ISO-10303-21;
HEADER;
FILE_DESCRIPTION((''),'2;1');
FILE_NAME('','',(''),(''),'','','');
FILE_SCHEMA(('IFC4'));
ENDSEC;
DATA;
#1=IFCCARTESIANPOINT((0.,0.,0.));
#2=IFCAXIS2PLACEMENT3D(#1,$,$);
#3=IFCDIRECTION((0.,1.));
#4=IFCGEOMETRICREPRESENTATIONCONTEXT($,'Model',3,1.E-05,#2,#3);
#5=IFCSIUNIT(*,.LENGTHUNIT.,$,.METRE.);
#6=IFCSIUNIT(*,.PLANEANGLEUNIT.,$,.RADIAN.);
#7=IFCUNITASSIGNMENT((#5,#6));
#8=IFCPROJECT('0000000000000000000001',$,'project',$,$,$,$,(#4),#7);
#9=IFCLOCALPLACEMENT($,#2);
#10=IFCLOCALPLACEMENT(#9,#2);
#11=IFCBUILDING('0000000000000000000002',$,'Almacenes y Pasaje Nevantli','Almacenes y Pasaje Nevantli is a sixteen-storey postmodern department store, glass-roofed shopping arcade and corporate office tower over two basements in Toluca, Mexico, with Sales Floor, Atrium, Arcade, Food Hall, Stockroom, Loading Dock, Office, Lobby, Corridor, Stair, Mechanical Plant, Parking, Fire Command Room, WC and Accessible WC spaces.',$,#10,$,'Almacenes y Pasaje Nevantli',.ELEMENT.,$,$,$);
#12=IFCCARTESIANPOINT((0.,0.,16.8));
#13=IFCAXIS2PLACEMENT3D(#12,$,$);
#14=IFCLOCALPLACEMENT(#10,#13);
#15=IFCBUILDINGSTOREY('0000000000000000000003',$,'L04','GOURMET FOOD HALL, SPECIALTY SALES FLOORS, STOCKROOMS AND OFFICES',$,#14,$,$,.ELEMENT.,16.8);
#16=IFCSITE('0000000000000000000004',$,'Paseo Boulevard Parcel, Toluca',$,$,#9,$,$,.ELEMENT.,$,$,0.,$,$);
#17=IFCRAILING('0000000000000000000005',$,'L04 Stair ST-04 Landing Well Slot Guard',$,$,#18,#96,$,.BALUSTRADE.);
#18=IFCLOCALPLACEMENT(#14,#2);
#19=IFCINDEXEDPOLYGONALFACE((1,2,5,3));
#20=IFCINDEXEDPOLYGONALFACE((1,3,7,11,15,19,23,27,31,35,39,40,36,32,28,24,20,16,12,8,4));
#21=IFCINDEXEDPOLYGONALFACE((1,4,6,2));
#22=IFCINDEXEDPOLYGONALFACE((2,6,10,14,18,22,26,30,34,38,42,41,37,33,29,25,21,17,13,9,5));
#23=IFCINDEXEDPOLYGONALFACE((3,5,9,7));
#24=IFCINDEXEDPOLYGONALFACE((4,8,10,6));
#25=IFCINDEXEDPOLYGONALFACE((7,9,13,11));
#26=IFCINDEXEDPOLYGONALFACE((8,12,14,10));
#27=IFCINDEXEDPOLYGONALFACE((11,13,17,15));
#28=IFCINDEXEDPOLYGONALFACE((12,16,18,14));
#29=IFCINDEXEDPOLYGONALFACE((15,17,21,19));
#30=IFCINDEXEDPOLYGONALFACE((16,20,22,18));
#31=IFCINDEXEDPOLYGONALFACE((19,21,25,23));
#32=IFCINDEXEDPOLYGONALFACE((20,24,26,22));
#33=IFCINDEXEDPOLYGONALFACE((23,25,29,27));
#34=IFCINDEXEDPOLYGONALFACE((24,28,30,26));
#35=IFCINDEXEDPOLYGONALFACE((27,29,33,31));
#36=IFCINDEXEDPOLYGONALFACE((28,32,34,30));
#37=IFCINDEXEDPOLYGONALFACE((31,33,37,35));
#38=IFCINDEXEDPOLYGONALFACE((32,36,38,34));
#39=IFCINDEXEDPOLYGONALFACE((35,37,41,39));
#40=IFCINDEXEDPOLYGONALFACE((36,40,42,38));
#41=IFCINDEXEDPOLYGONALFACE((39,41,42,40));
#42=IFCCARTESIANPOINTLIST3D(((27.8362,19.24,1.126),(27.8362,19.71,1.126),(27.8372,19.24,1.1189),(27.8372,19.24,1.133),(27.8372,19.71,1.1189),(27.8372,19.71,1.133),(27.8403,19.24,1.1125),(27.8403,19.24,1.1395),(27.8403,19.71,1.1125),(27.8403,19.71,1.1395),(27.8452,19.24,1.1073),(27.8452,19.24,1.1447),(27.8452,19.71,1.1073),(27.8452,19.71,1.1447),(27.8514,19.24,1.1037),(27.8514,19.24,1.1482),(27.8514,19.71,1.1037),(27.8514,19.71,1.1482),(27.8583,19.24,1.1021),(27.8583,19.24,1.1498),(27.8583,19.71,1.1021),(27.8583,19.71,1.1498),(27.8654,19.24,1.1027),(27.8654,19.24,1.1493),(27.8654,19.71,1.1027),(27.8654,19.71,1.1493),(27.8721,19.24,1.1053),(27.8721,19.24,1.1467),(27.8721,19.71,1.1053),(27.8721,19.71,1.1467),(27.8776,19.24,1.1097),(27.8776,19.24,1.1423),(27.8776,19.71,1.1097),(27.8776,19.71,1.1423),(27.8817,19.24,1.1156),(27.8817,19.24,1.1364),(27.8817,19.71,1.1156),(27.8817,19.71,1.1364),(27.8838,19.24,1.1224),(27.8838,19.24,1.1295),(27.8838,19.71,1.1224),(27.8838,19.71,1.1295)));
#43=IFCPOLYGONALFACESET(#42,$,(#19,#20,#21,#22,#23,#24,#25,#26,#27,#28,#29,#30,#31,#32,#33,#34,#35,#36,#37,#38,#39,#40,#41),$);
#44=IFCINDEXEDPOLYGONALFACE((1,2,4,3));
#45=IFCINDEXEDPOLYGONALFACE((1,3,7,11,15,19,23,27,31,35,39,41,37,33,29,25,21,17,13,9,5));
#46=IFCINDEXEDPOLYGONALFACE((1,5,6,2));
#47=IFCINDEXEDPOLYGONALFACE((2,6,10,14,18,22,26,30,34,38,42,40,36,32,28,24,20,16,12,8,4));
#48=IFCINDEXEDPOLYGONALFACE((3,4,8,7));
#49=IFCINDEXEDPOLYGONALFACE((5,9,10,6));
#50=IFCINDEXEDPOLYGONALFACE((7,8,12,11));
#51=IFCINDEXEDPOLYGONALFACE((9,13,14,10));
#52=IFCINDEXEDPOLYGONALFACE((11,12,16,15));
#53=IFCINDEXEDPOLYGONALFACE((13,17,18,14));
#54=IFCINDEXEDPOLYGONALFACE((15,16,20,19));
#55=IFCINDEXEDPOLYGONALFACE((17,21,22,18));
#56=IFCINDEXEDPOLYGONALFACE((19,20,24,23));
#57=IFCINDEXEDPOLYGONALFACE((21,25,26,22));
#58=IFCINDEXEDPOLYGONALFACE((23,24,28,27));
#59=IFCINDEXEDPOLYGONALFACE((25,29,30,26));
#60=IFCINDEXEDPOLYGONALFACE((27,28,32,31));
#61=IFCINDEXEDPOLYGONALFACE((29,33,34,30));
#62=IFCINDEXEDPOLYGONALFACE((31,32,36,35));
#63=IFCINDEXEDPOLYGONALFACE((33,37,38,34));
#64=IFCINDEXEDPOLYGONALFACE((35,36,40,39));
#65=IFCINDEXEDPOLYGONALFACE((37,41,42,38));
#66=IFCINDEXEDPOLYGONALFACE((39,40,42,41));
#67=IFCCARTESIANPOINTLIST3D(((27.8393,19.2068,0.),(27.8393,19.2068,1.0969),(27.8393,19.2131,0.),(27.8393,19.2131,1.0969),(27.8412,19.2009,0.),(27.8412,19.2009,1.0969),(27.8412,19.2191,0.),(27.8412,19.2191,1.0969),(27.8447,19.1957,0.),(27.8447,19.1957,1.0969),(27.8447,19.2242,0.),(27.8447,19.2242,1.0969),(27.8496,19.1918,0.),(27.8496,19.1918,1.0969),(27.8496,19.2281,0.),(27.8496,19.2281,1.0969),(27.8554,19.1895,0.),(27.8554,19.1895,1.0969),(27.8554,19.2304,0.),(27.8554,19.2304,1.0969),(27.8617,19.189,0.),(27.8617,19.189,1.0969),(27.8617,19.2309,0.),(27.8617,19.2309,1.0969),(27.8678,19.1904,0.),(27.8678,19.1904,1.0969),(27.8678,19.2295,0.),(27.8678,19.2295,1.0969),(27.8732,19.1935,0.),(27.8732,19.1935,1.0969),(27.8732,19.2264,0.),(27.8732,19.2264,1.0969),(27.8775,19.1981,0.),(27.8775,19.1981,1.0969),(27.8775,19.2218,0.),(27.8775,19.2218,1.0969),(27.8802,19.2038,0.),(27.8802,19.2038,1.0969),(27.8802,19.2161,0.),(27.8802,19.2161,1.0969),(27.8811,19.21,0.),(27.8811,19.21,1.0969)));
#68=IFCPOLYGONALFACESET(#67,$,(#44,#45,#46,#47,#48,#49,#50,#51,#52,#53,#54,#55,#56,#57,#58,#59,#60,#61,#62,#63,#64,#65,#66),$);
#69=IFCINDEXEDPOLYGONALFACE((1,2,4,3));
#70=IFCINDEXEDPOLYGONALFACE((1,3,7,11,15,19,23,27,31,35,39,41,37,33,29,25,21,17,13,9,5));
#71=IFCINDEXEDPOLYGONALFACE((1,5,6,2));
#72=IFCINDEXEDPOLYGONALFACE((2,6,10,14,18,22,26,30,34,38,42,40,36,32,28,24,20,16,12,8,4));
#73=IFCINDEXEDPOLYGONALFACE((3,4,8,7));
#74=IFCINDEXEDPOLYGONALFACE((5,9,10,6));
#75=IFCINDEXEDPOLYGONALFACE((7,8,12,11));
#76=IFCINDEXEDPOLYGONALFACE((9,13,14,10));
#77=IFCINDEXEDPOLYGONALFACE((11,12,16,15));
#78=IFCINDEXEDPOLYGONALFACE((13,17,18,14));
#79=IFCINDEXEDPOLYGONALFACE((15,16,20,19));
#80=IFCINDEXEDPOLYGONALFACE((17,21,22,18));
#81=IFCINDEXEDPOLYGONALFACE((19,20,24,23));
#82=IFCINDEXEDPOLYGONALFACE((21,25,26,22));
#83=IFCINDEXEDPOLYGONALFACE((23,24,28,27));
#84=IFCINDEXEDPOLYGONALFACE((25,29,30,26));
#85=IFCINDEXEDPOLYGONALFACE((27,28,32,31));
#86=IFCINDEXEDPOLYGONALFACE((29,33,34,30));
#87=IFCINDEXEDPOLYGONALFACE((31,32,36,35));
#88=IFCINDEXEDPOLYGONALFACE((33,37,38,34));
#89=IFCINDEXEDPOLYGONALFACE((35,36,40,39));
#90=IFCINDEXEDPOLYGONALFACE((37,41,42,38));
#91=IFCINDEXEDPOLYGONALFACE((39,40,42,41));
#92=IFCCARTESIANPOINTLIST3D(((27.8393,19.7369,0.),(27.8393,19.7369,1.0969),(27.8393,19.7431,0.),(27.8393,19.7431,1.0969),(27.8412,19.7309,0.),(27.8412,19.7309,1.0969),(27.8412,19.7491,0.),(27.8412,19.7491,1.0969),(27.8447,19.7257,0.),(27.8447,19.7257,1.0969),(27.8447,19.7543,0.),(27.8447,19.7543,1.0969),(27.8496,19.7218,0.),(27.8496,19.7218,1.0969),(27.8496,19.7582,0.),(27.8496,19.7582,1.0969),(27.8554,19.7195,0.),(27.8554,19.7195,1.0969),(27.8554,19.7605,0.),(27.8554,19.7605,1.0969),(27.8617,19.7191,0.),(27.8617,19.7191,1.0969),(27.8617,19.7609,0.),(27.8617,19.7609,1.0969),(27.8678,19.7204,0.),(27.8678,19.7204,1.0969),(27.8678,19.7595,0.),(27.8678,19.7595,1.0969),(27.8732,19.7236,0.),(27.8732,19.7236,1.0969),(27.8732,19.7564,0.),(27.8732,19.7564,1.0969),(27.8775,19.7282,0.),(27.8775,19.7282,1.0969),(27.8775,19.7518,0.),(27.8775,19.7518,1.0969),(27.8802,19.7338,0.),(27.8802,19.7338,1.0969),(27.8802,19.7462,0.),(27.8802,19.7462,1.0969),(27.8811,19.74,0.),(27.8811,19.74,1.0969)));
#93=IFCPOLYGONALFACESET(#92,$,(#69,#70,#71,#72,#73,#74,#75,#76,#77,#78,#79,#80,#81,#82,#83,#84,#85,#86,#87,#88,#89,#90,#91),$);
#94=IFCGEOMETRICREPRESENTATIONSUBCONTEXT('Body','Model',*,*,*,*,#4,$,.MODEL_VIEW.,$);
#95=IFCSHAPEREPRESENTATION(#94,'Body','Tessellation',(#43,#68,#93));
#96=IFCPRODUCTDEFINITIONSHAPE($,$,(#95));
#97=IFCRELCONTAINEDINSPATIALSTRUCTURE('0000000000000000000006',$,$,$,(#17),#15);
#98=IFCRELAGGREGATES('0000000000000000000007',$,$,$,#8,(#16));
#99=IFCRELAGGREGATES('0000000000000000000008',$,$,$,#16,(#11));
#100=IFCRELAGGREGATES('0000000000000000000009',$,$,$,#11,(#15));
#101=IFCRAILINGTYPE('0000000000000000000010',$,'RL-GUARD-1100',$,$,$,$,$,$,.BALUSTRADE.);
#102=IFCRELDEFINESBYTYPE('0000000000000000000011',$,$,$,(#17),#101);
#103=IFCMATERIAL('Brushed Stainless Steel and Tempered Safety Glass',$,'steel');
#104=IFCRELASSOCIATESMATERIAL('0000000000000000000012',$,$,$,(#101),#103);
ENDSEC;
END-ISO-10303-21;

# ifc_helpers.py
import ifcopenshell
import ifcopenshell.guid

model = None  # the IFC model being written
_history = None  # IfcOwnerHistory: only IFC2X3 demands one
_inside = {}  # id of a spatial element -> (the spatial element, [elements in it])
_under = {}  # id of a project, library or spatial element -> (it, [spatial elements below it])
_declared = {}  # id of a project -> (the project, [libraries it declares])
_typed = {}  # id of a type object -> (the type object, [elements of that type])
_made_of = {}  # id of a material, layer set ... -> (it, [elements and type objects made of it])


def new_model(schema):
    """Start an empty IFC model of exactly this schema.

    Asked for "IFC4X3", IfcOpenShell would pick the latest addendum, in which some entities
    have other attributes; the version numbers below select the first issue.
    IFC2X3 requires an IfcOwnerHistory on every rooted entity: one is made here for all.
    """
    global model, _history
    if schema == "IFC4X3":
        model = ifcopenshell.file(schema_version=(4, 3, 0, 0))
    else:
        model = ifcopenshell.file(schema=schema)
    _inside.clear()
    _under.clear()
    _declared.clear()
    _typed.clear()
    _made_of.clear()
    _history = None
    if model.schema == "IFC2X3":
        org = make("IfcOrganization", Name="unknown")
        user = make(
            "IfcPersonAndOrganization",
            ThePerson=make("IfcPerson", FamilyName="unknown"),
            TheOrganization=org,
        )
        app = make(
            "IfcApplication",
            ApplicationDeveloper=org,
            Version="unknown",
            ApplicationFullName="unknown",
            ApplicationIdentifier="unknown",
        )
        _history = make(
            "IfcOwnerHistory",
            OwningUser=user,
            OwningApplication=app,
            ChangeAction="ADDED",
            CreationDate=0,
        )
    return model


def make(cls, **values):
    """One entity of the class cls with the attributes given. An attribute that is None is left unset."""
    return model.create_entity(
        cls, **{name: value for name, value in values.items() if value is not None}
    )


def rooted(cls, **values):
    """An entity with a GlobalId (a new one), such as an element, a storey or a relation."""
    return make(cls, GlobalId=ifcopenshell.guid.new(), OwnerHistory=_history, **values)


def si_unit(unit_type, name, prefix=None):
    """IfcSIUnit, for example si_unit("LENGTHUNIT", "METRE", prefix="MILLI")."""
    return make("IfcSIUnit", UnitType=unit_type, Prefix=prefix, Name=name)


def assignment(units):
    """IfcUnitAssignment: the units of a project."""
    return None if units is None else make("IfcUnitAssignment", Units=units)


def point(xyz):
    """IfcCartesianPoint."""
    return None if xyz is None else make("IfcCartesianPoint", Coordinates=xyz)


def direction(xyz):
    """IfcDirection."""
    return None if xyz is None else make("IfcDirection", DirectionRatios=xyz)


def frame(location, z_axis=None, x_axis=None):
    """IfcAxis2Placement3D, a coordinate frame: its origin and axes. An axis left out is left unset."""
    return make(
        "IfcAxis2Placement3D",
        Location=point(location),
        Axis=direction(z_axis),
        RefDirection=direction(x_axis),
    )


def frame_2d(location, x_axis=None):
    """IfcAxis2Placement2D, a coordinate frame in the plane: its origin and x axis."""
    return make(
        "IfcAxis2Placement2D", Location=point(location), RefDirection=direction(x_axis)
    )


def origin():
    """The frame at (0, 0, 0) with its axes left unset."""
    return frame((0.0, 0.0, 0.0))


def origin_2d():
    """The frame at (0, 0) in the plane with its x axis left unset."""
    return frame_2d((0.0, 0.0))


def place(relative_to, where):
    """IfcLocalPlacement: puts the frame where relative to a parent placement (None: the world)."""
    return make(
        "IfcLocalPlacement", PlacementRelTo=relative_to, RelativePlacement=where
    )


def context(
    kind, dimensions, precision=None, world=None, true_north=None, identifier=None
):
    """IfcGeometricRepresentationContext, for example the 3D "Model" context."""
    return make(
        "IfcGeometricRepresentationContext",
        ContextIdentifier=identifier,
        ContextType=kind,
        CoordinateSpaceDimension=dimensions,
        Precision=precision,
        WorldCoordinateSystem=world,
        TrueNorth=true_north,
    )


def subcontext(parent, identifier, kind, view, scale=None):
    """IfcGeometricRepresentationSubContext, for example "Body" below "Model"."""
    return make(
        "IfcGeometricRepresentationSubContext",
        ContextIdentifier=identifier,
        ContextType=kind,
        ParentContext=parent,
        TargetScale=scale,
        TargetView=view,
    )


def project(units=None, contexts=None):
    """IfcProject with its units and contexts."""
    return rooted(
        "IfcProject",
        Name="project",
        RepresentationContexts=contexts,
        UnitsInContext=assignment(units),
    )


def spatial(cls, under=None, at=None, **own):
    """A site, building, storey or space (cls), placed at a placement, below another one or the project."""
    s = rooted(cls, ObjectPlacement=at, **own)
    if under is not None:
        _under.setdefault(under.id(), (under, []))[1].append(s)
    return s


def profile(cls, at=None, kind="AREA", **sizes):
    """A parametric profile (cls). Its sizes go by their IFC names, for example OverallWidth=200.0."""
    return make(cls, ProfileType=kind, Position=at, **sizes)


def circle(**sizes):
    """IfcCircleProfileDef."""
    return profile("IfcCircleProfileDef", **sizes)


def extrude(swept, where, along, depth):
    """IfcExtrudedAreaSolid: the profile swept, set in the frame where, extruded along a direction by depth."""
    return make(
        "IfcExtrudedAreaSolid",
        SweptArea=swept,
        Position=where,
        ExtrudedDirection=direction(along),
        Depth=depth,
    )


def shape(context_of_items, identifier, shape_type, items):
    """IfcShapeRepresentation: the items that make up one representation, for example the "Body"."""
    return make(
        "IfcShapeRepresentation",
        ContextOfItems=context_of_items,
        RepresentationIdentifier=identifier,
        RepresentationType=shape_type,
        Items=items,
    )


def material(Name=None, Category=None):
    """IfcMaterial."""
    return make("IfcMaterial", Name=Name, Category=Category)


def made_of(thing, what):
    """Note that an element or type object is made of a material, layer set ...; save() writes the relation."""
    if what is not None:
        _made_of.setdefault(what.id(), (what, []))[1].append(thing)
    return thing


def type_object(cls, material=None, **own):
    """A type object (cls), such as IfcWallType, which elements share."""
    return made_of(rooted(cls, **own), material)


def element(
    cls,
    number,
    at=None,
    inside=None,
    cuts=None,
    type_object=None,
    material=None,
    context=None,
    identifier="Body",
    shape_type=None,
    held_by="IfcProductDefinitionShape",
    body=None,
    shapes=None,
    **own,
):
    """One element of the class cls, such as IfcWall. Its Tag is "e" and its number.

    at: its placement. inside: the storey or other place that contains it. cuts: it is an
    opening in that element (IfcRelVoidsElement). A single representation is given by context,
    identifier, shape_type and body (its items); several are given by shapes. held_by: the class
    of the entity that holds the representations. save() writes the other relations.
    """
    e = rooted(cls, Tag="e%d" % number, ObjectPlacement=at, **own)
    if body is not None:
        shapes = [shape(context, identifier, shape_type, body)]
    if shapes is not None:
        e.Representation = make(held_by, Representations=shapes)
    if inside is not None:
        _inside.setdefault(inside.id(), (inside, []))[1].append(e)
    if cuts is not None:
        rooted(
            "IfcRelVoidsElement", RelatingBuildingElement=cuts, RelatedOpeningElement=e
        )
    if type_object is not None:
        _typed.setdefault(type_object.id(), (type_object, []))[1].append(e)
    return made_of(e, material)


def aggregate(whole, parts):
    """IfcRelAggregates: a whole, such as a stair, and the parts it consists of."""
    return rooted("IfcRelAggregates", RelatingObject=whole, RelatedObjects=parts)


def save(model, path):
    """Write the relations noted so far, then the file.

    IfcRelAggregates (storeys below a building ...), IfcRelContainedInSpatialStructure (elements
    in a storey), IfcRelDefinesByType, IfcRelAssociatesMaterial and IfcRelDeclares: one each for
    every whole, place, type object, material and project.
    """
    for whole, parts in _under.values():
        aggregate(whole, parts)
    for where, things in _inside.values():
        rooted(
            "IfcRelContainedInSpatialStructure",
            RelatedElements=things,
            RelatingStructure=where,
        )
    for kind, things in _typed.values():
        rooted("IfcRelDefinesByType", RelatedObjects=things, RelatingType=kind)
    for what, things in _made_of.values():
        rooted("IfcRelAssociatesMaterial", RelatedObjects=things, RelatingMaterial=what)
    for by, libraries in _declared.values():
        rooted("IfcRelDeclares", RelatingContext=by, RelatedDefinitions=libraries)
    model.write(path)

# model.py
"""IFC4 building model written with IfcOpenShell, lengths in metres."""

from ifc_helpers import new_model, si_unit, direction, frame, origin, origin_2d, place, context, subcontext, project, spatial, circle, extrude, material, type_object, element, save


model = new_model("IFC4")

# Units and contexts
model_context = context("Model", 3, precision=1e-05, world=origin(), true_north=direction((0.0, 1.0)))
body_context = subcontext(model_context, "Body", "Model", "MODEL_VIEW")
ifc_project = project(units=[si_unit("LENGTHUNIT", "METRE"), si_unit("PLANEANGLEUNIT", "RADIAN")], contexts=[model_context])

# Site, building, storey
site_placement = place(None, origin())
site = spatial("IfcSite", under=ifc_project, at=site_placement, Name="Paseo Boulevard Parcel, Toluca", CompositionType="ELEMENT", RefElevation=0.0)
building_placement = place(site_placement, origin())
building = spatial("IfcBuilding", under=site, at=building_placement, Name="Almacenes y Pasaje Nevantli", Description="Almacenes y Pasaje Nevantli is a sixteen-storey postmodern department store, glass-roofed shopping arcade and corporate office tower over two basements in Toluca, Mexico, with Sales Floor, Atrium, Arcade, Food Hall, Stockroom, Loading Dock, Office, Lobby, Corridor, Stair, Mechanical Plant, Parking, Fire Command Room, WC and Accessible WC spaces.", LongName="Almacenes y Pasaje Nevantli", CompositionType="ELEMENT")
storey_placement = place(building_placement, frame((0.0, 0.0, 16.8)))
storey = spatial("IfcBuildingStorey", under=building, at=storey_placement, Name="L04", Description="GOURMET FOOD HALL, SPECIALTY SALES FLOORS, STOCKROOMS AND OFFICES", CompositionType="ELEMENT", Elevation=16.8)

# Railing
ifc_material_1 = material(Name="Brushed Stainless Steel and Tempered Safety Glass", Category="steel")
railing_type_1 = type_object("IfcRailingType", Name="RL-GUARD-1100", PredefinedType="BALUSTRADE", material=ifc_material_1)
railing_1_placement = place(storey_placement, frame((27.8601, 19.21, 0.0)))
element("IfcRailing", 1, at=railing_1_placement, inside=storey, type_object=railing_type_1, Name="L04 Stair ST-04 Landing Well Slot Guard", PredefinedType="BALUSTRADE", context=body_context, shape_type="SweptSolid", body=[
    extrude(circle(Radius=0.0239, at=origin_2d()), frame((0.0, 0.03, 1.126), z_axis=(0.0, 1.0, 0.0), x_axis=(-1.0, 0.0, 0.0)), (0.0, 0.0, 1.0), 0.47),
    extrude(circle(Radius=0.021, at=origin_2d()), origin(), (0.0, 0.0, 1.0), 1.0969),
    extrude(circle(Radius=0.021, at=origin_2d()), frame((0.0, 0.53, 0.0)), (0.0, 0.0, 1.0), 1.0969),
])

save(model, "model.ifc")
